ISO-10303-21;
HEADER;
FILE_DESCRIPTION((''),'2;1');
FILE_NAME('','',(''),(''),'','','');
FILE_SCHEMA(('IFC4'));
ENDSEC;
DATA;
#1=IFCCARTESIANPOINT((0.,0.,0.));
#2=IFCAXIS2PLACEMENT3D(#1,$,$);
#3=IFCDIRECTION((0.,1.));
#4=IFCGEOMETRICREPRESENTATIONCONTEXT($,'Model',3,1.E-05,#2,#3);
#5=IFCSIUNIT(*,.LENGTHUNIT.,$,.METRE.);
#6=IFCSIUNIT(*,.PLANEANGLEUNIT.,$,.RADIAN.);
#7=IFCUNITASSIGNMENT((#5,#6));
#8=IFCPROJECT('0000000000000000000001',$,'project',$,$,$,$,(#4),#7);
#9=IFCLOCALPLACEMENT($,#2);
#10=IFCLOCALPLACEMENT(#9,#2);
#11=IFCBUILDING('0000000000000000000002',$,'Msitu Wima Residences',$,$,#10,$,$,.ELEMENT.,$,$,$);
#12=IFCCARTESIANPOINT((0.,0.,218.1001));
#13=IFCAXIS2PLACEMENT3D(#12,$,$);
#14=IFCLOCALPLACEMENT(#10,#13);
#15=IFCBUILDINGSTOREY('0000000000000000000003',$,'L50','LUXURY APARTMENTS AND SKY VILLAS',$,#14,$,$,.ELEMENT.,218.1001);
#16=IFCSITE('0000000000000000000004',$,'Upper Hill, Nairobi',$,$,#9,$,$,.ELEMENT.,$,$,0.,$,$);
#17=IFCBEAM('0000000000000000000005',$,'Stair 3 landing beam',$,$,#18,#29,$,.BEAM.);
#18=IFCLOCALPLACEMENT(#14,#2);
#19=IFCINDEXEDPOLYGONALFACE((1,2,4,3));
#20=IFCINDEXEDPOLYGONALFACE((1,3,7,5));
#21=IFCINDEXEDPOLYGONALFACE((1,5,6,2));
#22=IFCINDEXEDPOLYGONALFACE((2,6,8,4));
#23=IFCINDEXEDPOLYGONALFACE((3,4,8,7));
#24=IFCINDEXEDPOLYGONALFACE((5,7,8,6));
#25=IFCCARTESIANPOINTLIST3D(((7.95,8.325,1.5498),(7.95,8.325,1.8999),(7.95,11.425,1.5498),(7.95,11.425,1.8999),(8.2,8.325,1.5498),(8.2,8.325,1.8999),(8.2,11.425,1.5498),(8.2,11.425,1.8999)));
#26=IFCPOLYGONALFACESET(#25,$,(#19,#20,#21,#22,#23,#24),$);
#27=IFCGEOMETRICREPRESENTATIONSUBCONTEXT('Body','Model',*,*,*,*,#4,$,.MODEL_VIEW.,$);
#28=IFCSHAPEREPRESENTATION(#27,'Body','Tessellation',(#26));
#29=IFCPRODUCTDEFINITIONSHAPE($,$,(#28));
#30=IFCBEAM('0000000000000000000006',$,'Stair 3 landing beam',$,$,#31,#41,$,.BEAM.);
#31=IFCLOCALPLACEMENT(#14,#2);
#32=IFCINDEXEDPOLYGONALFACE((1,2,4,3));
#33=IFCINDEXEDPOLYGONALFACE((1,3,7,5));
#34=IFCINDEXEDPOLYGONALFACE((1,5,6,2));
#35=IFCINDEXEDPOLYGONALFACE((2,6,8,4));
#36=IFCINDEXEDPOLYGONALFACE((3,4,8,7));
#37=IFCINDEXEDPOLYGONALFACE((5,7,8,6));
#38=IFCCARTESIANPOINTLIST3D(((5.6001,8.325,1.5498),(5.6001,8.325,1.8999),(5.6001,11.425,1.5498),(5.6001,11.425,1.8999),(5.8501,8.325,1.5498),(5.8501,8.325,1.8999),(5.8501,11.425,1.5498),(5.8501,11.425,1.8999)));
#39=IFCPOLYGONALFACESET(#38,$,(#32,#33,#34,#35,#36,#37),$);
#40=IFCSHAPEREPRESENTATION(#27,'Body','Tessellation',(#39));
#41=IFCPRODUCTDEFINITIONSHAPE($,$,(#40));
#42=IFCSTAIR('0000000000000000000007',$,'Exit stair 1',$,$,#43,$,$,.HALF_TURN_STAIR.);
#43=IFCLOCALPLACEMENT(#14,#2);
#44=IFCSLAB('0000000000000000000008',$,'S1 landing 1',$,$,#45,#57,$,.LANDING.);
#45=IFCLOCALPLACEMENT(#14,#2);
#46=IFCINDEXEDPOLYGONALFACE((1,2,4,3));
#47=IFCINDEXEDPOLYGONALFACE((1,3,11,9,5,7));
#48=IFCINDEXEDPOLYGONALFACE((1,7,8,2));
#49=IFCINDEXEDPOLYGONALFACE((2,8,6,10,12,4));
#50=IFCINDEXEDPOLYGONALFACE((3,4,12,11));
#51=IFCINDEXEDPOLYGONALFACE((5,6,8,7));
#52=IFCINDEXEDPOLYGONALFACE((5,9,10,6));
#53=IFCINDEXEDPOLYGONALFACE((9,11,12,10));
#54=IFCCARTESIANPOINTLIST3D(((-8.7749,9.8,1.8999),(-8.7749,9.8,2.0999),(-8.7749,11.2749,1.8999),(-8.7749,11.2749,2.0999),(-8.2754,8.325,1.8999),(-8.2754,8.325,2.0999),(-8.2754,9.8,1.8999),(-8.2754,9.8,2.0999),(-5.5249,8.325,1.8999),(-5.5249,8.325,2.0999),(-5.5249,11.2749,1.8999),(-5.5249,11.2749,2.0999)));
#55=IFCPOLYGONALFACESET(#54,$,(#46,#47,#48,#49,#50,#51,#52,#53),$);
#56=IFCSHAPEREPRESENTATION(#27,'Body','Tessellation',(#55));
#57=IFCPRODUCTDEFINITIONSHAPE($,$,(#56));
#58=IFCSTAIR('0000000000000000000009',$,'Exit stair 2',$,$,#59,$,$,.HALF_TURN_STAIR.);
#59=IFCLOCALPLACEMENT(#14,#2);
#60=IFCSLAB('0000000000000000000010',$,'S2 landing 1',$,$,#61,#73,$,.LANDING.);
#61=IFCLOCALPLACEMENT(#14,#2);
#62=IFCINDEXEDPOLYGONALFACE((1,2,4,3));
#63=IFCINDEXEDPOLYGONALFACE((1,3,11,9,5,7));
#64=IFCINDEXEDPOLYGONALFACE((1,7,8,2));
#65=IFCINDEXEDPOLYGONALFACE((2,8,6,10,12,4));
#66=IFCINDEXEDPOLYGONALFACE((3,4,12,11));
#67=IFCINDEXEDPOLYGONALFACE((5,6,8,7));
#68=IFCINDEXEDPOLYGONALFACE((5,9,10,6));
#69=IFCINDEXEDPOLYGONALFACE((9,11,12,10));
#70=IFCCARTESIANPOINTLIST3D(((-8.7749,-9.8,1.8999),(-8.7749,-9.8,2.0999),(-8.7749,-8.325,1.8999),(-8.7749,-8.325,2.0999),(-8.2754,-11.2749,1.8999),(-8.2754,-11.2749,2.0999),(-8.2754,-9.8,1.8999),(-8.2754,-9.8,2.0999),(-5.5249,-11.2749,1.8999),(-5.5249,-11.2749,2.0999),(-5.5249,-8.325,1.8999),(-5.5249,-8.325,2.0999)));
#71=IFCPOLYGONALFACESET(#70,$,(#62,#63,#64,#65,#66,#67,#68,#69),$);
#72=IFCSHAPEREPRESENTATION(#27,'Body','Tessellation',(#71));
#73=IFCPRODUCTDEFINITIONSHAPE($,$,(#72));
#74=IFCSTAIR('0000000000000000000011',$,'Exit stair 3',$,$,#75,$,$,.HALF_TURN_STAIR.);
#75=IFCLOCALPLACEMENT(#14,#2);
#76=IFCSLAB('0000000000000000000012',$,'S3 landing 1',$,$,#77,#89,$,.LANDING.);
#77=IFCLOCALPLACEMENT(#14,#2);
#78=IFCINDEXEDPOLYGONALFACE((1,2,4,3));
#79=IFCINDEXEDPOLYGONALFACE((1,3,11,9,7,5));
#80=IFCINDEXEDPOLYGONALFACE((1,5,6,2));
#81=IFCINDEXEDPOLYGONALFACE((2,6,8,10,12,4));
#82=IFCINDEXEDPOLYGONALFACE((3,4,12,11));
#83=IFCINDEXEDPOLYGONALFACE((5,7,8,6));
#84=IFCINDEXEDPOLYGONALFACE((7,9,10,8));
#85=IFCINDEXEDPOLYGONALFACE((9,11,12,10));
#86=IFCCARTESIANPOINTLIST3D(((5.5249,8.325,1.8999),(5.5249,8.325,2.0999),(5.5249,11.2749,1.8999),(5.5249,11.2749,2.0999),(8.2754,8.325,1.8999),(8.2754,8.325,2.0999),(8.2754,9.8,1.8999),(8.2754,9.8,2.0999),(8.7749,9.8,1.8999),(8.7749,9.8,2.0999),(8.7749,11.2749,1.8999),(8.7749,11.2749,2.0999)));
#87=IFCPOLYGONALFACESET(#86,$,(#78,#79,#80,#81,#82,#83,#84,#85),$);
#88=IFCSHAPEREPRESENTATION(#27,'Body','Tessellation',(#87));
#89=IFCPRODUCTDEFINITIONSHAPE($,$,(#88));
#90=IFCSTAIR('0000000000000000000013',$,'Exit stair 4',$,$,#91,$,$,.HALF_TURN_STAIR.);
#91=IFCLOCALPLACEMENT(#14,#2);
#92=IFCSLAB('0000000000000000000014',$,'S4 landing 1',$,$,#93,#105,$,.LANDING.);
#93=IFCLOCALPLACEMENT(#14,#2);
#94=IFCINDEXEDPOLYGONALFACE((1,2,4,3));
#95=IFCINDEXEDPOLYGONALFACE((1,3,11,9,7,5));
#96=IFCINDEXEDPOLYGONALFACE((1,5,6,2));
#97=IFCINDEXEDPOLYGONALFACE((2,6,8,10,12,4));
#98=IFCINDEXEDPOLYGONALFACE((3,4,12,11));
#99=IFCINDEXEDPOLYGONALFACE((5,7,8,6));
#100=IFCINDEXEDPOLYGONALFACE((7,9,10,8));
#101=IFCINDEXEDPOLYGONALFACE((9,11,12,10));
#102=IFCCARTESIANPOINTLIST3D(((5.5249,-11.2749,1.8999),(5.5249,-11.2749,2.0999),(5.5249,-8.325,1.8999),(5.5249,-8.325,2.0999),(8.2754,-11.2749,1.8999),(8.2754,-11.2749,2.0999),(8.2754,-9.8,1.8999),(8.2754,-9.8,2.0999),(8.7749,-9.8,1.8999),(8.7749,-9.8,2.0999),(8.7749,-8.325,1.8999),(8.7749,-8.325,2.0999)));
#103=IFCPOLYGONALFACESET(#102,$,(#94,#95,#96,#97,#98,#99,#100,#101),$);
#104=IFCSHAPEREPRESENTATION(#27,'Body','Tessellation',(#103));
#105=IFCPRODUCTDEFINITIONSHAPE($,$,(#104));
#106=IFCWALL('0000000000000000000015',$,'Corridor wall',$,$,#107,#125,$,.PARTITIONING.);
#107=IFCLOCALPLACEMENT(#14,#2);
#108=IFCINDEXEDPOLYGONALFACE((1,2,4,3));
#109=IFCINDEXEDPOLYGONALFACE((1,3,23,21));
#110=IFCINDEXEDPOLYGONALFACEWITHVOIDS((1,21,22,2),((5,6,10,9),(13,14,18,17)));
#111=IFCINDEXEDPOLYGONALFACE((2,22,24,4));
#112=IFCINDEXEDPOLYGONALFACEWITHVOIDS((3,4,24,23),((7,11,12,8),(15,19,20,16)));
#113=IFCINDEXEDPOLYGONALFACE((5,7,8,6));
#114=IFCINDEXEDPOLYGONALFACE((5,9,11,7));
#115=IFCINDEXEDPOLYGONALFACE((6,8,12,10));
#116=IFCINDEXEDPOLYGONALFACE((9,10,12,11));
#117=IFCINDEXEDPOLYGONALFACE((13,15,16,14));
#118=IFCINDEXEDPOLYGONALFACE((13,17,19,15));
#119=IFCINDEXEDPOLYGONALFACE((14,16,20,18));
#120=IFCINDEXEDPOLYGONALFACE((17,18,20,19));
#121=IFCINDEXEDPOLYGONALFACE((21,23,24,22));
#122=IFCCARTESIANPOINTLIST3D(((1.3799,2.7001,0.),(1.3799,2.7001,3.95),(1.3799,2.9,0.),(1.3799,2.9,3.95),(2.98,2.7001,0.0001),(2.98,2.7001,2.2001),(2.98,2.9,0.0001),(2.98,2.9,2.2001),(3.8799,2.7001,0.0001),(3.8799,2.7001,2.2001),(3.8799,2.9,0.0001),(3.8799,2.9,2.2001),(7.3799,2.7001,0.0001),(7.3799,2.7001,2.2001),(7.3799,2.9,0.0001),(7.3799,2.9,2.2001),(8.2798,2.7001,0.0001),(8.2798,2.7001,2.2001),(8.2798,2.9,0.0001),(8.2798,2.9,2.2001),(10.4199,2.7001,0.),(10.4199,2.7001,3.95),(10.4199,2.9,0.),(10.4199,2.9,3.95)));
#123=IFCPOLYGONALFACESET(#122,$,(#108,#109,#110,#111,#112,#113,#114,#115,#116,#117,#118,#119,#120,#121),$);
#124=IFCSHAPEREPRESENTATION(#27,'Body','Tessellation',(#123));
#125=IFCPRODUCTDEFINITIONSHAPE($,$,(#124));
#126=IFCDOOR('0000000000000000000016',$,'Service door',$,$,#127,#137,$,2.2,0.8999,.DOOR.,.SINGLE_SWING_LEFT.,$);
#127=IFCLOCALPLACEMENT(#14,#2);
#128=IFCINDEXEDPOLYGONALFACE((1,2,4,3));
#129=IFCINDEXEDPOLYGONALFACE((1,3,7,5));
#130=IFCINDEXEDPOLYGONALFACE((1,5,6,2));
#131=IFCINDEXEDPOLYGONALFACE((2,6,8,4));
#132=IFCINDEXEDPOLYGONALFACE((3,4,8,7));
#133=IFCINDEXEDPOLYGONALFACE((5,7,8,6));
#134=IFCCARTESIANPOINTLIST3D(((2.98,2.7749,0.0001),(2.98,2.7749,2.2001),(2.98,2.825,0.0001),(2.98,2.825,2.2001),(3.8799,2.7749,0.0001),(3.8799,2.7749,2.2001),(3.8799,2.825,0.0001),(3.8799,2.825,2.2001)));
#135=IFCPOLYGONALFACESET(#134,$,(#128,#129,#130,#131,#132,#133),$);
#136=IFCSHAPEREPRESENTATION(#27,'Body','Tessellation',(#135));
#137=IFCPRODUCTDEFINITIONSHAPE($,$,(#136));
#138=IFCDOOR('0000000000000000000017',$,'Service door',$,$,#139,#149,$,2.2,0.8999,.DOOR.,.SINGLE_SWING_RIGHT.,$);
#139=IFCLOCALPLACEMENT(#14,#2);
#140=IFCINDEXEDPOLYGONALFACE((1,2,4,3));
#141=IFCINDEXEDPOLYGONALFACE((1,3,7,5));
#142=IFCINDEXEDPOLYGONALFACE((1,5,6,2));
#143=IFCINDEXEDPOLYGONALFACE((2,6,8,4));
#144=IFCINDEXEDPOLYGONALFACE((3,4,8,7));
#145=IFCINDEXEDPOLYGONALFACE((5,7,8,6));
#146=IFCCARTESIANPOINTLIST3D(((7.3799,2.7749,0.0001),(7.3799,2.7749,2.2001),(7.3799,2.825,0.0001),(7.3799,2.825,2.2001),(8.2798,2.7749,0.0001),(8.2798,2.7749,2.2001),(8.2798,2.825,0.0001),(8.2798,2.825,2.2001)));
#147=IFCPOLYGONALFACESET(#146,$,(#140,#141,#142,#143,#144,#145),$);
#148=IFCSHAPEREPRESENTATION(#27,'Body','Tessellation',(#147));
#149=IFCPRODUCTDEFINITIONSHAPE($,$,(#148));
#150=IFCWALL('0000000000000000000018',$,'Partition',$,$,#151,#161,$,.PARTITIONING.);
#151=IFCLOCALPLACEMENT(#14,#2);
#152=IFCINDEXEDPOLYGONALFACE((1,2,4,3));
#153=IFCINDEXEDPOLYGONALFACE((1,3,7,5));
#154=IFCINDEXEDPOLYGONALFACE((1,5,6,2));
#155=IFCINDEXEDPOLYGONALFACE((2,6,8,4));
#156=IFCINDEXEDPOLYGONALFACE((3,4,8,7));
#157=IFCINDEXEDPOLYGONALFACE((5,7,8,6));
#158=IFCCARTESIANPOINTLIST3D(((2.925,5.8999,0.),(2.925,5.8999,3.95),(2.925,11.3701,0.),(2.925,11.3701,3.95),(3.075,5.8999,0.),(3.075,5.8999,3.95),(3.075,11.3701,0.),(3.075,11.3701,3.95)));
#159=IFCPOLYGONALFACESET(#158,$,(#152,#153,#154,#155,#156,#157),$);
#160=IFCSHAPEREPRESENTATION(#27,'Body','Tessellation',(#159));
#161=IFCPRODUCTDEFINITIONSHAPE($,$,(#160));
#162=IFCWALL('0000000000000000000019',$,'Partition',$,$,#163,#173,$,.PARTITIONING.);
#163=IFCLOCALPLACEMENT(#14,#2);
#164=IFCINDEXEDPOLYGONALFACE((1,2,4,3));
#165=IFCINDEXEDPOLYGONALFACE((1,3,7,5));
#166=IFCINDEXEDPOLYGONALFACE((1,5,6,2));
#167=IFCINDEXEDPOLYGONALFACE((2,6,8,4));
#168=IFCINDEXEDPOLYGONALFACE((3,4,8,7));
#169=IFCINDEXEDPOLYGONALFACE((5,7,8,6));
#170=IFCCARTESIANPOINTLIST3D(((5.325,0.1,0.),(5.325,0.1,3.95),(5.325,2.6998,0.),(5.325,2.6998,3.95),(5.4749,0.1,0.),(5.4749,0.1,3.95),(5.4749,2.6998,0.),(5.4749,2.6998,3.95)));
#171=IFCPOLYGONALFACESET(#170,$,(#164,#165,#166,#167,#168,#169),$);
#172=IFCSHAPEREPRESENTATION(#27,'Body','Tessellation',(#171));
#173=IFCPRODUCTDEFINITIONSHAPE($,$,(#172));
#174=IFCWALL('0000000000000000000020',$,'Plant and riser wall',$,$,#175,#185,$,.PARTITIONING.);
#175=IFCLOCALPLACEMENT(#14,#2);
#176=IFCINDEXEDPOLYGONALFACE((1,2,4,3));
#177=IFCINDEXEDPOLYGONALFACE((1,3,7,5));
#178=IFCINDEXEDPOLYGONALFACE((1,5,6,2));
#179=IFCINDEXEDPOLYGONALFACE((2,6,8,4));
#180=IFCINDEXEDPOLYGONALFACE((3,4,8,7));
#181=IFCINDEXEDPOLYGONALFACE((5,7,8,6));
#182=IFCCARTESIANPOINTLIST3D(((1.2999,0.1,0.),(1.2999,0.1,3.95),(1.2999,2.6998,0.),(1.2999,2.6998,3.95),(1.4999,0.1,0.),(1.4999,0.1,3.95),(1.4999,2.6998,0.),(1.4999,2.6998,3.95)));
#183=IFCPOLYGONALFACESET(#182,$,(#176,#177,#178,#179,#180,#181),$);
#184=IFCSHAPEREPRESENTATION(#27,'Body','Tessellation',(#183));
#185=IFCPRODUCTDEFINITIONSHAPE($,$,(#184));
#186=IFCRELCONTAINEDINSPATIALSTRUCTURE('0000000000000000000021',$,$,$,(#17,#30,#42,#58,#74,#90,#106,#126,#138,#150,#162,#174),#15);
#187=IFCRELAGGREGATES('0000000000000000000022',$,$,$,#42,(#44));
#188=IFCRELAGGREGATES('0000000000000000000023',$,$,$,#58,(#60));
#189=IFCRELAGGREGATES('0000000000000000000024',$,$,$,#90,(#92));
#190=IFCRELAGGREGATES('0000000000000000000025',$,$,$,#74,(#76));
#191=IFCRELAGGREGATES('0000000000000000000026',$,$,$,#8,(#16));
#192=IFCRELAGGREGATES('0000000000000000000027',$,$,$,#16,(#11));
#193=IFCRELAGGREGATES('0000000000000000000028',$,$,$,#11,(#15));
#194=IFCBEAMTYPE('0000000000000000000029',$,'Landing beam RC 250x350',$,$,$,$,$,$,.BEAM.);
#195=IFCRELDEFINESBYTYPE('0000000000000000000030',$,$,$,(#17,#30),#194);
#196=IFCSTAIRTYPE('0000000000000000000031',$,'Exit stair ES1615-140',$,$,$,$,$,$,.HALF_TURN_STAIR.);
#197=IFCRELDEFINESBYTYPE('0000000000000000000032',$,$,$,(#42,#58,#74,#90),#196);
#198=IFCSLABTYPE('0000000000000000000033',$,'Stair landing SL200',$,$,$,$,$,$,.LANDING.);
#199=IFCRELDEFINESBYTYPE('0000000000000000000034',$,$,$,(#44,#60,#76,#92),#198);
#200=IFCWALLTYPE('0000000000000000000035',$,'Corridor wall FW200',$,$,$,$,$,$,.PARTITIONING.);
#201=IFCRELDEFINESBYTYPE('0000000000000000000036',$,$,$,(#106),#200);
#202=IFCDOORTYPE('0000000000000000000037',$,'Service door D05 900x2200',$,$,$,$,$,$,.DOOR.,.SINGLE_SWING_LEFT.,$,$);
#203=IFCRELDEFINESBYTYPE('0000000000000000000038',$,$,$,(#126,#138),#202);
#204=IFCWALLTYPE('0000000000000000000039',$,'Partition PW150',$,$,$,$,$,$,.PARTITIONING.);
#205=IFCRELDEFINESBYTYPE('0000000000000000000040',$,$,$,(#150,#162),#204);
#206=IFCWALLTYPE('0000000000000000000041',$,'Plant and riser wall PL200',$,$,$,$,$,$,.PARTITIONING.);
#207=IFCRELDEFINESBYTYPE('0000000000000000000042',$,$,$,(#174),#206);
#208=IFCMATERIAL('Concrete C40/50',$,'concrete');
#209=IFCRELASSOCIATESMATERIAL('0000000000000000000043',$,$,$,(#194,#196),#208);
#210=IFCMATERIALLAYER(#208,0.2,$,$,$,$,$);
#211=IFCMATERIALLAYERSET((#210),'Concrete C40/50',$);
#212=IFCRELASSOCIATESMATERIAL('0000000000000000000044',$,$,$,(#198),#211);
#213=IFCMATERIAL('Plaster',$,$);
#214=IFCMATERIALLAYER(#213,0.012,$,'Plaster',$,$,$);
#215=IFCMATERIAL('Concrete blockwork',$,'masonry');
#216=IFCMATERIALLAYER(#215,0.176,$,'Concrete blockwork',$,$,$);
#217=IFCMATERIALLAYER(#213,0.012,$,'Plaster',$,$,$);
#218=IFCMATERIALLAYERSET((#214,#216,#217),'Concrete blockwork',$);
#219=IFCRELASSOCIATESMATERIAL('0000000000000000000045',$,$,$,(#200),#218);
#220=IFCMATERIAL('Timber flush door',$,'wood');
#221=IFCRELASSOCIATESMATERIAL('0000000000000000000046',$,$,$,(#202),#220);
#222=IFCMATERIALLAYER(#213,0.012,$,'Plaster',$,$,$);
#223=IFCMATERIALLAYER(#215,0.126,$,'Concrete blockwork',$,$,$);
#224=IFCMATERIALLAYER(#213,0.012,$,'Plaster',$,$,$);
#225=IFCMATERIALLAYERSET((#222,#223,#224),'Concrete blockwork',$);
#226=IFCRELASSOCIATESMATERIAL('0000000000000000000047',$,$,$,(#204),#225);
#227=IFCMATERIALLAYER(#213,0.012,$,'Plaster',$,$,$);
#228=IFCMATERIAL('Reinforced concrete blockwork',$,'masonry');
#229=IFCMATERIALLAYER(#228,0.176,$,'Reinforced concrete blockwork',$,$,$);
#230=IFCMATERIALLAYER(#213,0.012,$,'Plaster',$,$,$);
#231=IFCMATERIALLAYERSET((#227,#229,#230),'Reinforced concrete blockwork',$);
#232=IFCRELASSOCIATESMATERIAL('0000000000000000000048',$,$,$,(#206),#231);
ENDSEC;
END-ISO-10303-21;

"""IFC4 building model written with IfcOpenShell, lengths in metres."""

from ifc_helpers import new_model, si_unit, direction, frame, frame_2d, origin, origin_2d, place, context, subcontext, project, spatial, polyline, rectangle, outline, extrude, material, layer, layer_set, material_profile, profile_set, type_object, element, fill, aggregate, save


model = new_model("IFC4")

# Units and contexts
model_context = context("Model", 3, precision=1e-05, world=origin(), true_north=direction((0.0, 1.0)))
body_context = subcontext(model_context, "Body", "Model", "MODEL_VIEW")
ifc_project = project(units=[si_unit("LENGTHUNIT", "METRE"), si_unit("PLANEANGLEUNIT", "RADIAN")], contexts=[model_context])

# Site, building, storey
site_placement = place(None, origin())
site = spatial("IfcSite", under=ifc_project, at=site_placement, Name="Upper Hill, Nairobi", CompositionType="ELEMENT", RefElevation=0.0)
building_placement = place(site_placement, origin())
building = spatial("IfcBuilding", under=site, at=building_placement, Name="Msitu Wima Residences", CompositionType="ELEMENT")
storey_placement = place(building_placement, frame((0.0, 0.0, 218.1001)))
storey = spatial("IfcBuildingStorey", under=building, at=storey_placement, Name="L50", Description="LUXURY APARTMENTS AND SKY VILLAS", CompositionType="ELEMENT", Elevation=218.1001)

# Beams
ifc_material_1 = material(Name="Concrete C40/50", Category="concrete")
ifc_material_profile = material_profile(ifc_material_1, rectangle(XDim=0.25, YDim=0.3501, at=origin_2d()), Name="RC 250x350")
ifc_profile_set = profile_set([ifc_material_profile], Name="Concrete C40/50")
beam_type = type_object("IfcBeamType", Name="Landing beam RC 250x350", PredefinedType="BEAM", material=ifc_profile_set)
for number, where, z_axis, x_axis, name in (
    (1, (8.075, 8.325, 1.7249), (0.0, 1.0, 0.0), (-1.0, 0.0, 0.0), "Stair 3 landing beam"),
    (2, (5.7251, 8.325, 1.7249), (0.0, 1.0, 0.0), (-1.0, 0.0, 0.0), "Stair 3 landing beam"),
):
    element("IfcBeam", number, at=place(storey_placement, frame(where, z_axis=z_axis, x_axis=x_axis)), inside=storey, type_object=beam_type, Name=name, PredefinedType="BEAM", context=body_context, shape_type="SweptSolid", body=[
        extrude(rectangle(XDim=0.25, YDim=0.3501, at=origin_2d()), origin(), (0.0, 0.0, 1.0), 3.1001),
    ])

# Stairs, slabs
stair_type = type_object("IfcStairType", Name="Exit stair ES1615-140", PredefinedType="HALF_TURN_STAIR", material=ifc_material_1)
stair_1_placement = place(storey_placement, origin())
stair_1 = element("IfcStair", 3, at=stair_1_placement, inside=storey, type_object=stair_type, Name="Exit stair 1", PredefinedType="HALF_TURN_STAIR")
ifc_layer_1 = layer(ifc_material_1, 0.2)
ifc_layer_set_1 = layer_set([ifc_layer_1], Name="Concrete C40/50")
slab_type = type_object("IfcSlabType", Name="Stair landing SL200", PredefinedType="LANDING", material=ifc_layer_set_1)
slab_1_placement = place(storey_placement, frame((0.0, 0.0, 1.8999)))
slab_1 = element("IfcSlab", 4, at=slab_1_placement, type_object=slab_type, Name="S1 landing 1", PredefinedType="LANDING", context=body_context, shape_type="SweptSolid", body=[
    extrude(outline(polyline([(-5.5249, 8.325), (-8.2754, 8.325), (-8.2754, 9.8), (-8.7749, 9.8), (-8.7749, 11.2749), (-5.5249, 11.2749), (-5.5249, 8.325)])), origin(), (0.0, 0.0, 1.0), 0.2),
])
aggregate(stair_1, [slab_1])
stair_2_placement = place(storey_placement, origin())
stair_2 = element("IfcStair", 5, at=stair_2_placement, inside=storey, type_object=stair_type, Name="Exit stair 2", PredefinedType="HALF_TURN_STAIR")
slab_2_placement = place(storey_placement, frame((0.0, 0.0, 1.8999)))
slab_2 = element("IfcSlab", 6, at=slab_2_placement, type_object=slab_type, Name="S2 landing 1", PredefinedType="LANDING", context=body_context, shape_type="SweptSolid", body=[
    extrude(outline(polyline([(-5.5249, -11.2749), (-8.2754, -11.2749), (-8.2754, -9.8), (-8.7749, -9.8), (-8.7749, -8.325), (-5.5249, -8.325), (-5.5249, -11.2749)])), origin(), (0.0, 0.0, 1.0), 0.2),
])
aggregate(stair_2, [slab_2])
stair_3_placement = place(storey_placement, origin())
stair_3 = element("IfcStair", 7, at=stair_3_placement, inside=storey, type_object=stair_type, Name="Exit stair 3", PredefinedType="HALF_TURN_STAIR")
slab_3_placement = place(storey_placement, frame((0.0, 0.0, 1.8999)))
slab_3 = element("IfcSlab", 8, at=slab_3_placement, type_object=slab_type, Name="S3 landing 1", PredefinedType="LANDING", context=body_context, shape_type="SweptSolid", body=[
    extrude(outline(polyline([(5.5249, 8.325), (8.2754, 8.325), (8.2754, 9.8), (8.7749, 9.8), (8.7749, 11.2749), (5.5249, 11.2749), (5.5249, 8.325)])), origin(), (0.0, 0.0, 1.0), 0.2),
])
stair_4_placement = place(storey_placement, origin())
stair_4 = element("IfcStair", 9, at=stair_4_placement, inside=storey, type_object=stair_type, Name="Exit stair 4", PredefinedType="HALF_TURN_STAIR")
slab_4_placement = place(storey_placement, frame((0.0, 0.0, 1.8999)))
slab_4 = element("IfcSlab", 10, at=slab_4_placement, type_object=slab_type, Name="S4 landing 1", PredefinedType="LANDING", context=body_context, shape_type="SweptSolid", body=[
    extrude(outline(polyline([(5.5249, -11.2749), (8.2754, -11.2749), (8.2754, -9.8), (8.7749, -9.8), (8.7749, -8.325), (5.5249, -8.325), (5.5249, -11.2749)])), origin(), (0.0, 0.0, 1.0), 0.2),
])
aggregate(stair_4, [slab_4])

# Wall, openings, doors
ifc_material_2 = material(Name="Plaster")
ifc_layer_2 = layer(ifc_material_2, 0.012, Name="Plaster")
ifc_material_3 = material(Name="Concrete blockwork", Category="masonry")
ifc_layer_3 = layer(ifc_material_3, 0.176, Name="Concrete blockwork")
ifc_layer_4 = layer(ifc_material_2, 0.012, Name="Plaster")
ifc_layer_set_2 = layer_set([ifc_layer_2, ifc_layer_3, ifc_layer_4], Name="Concrete blockwork")
wall_type_1 = type_object("IfcWallType", Name="Corridor wall FW200", PredefinedType="PARTITIONING", material=ifc_layer_set_2)
wall_1_placement = place(storey_placement, frame((1.3799, 2.8, 0.0), z_axis=(0.0, 0.0, 1.0), x_axis=(1.0, 0.0, 0.0)))
wall_1 = element("IfcWall", 11, at=wall_1_placement, inside=storey, type_object=wall_type_1, Name="Corridor wall", PredefinedType="PARTITIONING", context=body_context, shape_type="SweptSolid", body=[
    extrude(rectangle(XDim=9.04, YDim=0.2, at=frame_2d((4.52, 0.0))), origin(), (0.0, 0.0, 1.0), 3.95),
])
opening_1_placement = place(wall_1_placement, frame((1.6001, 0.0, 0.0)))
opening_1 = element("IfcOpeningElement", 12, at=opening_1_placement, cuts=wall_1, PredefinedType="OPENING", context=body_context, shape_type="SweptSolid", body=[
    extrude(rectangle(XDim=0.8999, YDim=2.2, at=frame_2d((0.45, 1.1001))), frame((0.0, 0.1099, 0.0), z_axis=(0.0, -1.0, 0.0), x_axis=(1.0, 0.0, 0.0)), (0.0, 0.0, 1.0), 0.22),
])
opening_2_placement = place(wall_1_placement, frame((6.0, 0.0, 0.0)))
opening_2 = element("IfcOpeningElement", 13, at=opening_2_placement, cuts=wall_1, PredefinedType="OPENING", context=body_context, shape_type="SweptSolid", body=[
    extrude(rectangle(XDim=0.8999, YDim=2.2, at=frame_2d((0.45, 1.1001))), frame((0.0, 0.1099, 0.0), z_axis=(0.0, -1.0, 0.0), x_axis=(1.0, 0.0, 0.0)), (0.0, 0.0, 1.0), 0.22),
])
ifc_material_4 = material(Name="Timber flush door", Category="wood")
door_type_1 = type_object("IfcDoorType", Name="Service door D05 900x2200", OperationType="SINGLE_SWING_LEFT", PredefinedType="DOOR", material=ifc_material_4)
door_1_placement = place(opening_1_placement, origin())
door_1 = element("IfcDoor", 14, at=door_1_placement, inside=storey, type_object=door_type_1, Name="Service door", OperationType="SINGLE_SWING_LEFT", OverallHeight=2.2, OverallWidth=0.8999, PredefinedType="DOOR", context=body_context, shape_type="SweptSolid", body=[
    extrude(rectangle(XDim=0.8999, YDim=2.2, at=frame_2d((0.45, 1.1001))), frame((0.0, 0.0249, 0.0), z_axis=(0.0, -1.0, 0.0), x_axis=(1.0, 0.0, 0.0)), (0.0, 0.0, 1.0), 0.05),
])
fill(opening_1, door_1)
door_2_placement = place(opening_2_placement, origin())
door_2 = element("IfcDoor", 15, at=door_2_placement, inside=storey, type_object=door_type_1, Name="Service door", OperationType="SINGLE_SWING_RIGHT", OverallHeight=2.2, OverallWidth=0.8999, PredefinedType="DOOR", context=body_context, shape_type="SweptSolid", body=[
    extrude(rectangle(XDim=0.8999, YDim=2.2, at=frame_2d((0.45, 1.1001))), frame((0.0, 0.0249, 0.0), z_axis=(0.0, -1.0, 0.0), x_axis=(1.0, 0.0, 0.0)), (0.0, 0.0, 1.0), 0.05),
])
fill(opening_2, door_2)

# Walls
ifc_layer_5 = layer(ifc_material_2, 0.012, Name="Plaster")
ifc_layer_6 = layer(ifc_material_3, 0.126, Name="Concrete blockwork")
ifc_layer_7 = layer(ifc_material_2, 0.012, Name="Plaster")
ifc_layer_set_3 = layer_set([ifc_layer_5, ifc_layer_6, ifc_layer_7], Name="Concrete blockwork")
wall_type_2 = type_object("IfcWallType", Name="Partition PW150", PredefinedType="PARTITIONING", material=ifc_layer_set_3)
wall_2_placement = place(storey_placement, frame((3.0, 5.8999, 0.0), z_axis=(0.0, 0.0, 1.0), x_axis=(0.0, 1.0, 0.0)))
element("IfcWall", 16, at=wall_2_placement, inside=storey, type_object=wall_type_2, Name="Partition", PredefinedType="PARTITIONING", context=body_context, shape_type="SweptSolid", body=[
    extrude(rectangle(XDim=5.4702, YDim=0.1499, at=frame_2d((2.7351, 0.0))), origin(), (0.0, 0.0, 1.0), 3.95),
])
wall_3_placement = place(storey_placement, frame((5.3999, 0.1001, 0.0), z_axis=(0.0, 0.0, 1.0), x_axis=(0.0, 1.0, 0.0)))
element("IfcWall", 17, at=wall_3_placement, inside=storey, type_object=wall_type_2, Name="Partition", PredefinedType="PARTITIONING", context=body_context, shape_type="SweptSolid", body=[
    extrude(rectangle(XDim=2.5999, YDim=0.1499, at=frame_2d((1.2998, 0.0))), origin(), (0.0, 0.0, 1.0), 3.95),
])
ifc_layer_8 = layer(ifc_material_2, 0.012, Name="Plaster")
ifc_material_5 = material(Name="Reinforced concrete blockwork", Category="masonry")
ifc_layer_9 = layer(ifc_material_5, 0.176, Name="Reinforced concrete blockwork")
ifc_layer_10 = layer(ifc_material_2, 0.012, Name="Plaster")
ifc_layer_set_4 = layer_set([ifc_layer_8, ifc_layer_9, ifc_layer_10], Name="Reinforced concrete blockwork")
wall_type_3 = type_object("IfcWallType", Name="Plant and riser wall PL200", PredefinedType="PARTITIONING", material=ifc_layer_set_4)
wall_4_placement = place(storey_placement, frame((1.3999, 0.1001, 0.0), z_axis=(0.0, 0.0, 1.0), x_axis=(0.0, 1.0, 0.0)))
element("IfcWall", 18, at=wall_4_placement, inside=storey, type_object=wall_type_3, Name="Plant and riser wall", PredefinedType="PARTITIONING", context=body_context, shape_type="SweptSolid", body=[
    extrude(rectangle(XDim=2.5999, YDim=0.2, at=frame_2d((1.2998, 0.0))), origin(), (0.0, 0.0, 1.0), 3.95),
])

aggregate(stair_3, [slab_3])

save(model, "model.ifc")
